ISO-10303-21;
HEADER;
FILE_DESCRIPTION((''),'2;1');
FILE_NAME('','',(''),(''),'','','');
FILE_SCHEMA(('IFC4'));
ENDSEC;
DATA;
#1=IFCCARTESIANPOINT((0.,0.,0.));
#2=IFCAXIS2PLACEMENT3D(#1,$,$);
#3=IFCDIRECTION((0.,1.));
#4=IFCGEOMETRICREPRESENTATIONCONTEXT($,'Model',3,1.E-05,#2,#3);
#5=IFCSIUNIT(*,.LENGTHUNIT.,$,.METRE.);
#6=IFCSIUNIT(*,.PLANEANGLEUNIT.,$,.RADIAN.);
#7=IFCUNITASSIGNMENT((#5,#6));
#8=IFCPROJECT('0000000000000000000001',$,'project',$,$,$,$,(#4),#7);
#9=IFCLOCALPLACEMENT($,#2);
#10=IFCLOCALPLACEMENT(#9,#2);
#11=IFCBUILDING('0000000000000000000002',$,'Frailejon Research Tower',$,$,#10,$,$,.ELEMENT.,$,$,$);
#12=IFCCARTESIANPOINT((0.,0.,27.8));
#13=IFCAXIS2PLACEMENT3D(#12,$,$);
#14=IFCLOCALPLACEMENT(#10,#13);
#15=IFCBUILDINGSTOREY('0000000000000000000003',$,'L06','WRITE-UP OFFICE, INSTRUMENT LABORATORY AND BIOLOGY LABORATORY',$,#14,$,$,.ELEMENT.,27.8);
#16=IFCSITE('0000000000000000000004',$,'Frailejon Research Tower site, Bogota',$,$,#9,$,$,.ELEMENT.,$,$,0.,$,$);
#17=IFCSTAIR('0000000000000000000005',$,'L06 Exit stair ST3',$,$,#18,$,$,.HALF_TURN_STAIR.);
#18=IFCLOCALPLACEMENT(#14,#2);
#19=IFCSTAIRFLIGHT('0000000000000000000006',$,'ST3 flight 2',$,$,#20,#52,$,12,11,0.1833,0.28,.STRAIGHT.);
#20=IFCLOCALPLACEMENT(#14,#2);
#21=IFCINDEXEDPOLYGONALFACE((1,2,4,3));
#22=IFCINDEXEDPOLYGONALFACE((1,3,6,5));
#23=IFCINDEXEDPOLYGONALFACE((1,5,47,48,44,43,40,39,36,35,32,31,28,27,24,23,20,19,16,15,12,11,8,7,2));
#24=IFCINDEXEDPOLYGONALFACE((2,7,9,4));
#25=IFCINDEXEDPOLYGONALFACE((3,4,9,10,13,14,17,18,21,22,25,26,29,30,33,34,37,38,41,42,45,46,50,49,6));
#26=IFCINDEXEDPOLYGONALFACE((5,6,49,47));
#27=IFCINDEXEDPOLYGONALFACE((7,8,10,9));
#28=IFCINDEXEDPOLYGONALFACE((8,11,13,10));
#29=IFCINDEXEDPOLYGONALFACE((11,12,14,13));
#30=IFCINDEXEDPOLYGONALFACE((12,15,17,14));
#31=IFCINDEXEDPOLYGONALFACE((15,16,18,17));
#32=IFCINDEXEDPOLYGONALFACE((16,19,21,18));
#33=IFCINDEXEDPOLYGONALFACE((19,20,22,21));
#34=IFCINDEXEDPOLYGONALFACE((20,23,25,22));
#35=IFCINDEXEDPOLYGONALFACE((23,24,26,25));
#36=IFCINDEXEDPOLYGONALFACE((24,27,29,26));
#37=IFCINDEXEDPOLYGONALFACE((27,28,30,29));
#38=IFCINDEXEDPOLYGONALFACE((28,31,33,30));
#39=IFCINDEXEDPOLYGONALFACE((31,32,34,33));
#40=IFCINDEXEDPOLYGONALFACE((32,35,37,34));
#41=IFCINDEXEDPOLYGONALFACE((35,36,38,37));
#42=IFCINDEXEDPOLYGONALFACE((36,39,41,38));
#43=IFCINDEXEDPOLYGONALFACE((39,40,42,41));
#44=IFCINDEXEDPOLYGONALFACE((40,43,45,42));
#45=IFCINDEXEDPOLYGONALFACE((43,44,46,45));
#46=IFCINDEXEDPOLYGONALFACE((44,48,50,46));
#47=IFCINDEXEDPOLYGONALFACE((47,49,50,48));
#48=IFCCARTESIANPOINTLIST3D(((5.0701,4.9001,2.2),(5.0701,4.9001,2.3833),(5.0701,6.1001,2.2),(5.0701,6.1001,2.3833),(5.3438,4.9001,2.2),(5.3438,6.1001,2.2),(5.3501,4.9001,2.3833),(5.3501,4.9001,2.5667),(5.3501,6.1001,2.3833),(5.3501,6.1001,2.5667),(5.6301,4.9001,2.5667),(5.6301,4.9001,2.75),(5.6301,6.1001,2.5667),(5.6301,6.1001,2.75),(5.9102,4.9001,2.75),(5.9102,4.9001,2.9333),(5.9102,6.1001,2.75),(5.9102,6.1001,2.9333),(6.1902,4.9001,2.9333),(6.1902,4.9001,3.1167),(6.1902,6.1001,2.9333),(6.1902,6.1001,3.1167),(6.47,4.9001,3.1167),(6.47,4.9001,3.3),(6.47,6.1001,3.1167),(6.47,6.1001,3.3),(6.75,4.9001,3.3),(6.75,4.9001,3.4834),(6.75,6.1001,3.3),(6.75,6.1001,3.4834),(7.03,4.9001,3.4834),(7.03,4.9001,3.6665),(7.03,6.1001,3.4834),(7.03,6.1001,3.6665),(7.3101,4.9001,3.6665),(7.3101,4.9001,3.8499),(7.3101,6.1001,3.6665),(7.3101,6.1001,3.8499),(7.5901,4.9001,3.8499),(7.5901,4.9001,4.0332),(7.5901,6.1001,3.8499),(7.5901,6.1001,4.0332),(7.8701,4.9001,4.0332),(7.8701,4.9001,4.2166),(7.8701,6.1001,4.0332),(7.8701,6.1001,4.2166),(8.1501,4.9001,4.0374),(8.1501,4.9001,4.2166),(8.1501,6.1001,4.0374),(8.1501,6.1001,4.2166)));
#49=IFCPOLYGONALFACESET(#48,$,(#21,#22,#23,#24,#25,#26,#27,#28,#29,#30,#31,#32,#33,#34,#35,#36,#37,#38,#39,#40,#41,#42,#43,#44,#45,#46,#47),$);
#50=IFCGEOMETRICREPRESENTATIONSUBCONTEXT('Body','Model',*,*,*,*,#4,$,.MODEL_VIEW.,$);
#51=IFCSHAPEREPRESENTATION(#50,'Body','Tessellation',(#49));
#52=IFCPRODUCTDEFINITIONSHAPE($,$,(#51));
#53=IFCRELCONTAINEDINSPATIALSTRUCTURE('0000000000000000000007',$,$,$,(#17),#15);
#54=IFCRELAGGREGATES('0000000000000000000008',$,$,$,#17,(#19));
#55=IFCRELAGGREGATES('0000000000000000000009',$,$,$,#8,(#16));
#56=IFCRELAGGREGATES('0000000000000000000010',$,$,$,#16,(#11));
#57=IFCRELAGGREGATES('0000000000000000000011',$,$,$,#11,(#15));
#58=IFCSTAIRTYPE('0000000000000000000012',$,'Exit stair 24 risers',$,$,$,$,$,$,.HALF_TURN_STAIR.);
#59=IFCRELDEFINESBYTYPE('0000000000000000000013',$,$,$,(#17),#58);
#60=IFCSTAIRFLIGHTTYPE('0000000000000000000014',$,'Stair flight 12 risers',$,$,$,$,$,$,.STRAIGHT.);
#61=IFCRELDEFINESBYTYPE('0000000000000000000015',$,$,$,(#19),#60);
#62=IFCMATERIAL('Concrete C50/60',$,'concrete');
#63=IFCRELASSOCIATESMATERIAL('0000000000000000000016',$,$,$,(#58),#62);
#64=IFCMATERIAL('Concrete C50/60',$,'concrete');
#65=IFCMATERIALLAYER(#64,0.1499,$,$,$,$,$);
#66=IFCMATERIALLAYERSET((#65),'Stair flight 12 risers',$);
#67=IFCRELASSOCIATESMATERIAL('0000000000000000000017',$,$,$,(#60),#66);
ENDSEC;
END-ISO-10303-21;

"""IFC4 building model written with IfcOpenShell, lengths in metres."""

from ifc_helpers import new_model, si_unit, direction, frame, origin, place, context, subcontext, project, spatial, polyline, outline, extrude, material, layer, layer_set, type_object, element, aggregate, save


model = new_model("IFC4")

# Units and contexts
model_context = context("Model", 3, precision=1e-05, world=origin(), true_north=direction((0.0, 1.0)))
body_context = subcontext(model_context, "Body", "Model", "MODEL_VIEW")
ifc_project = project(units=[si_unit("LENGTHUNIT", "METRE"), si_unit("PLANEANGLEUNIT", "RADIAN")], contexts=[model_context])

# Site, building, storey
site_placement = place(None, origin())
site = spatial("IfcSite", under=ifc_project, at=site_placement, Name="Frailejon Research Tower site, Bogota", CompositionType="ELEMENT", RefElevation=0.0)
building_placement = place(site_placement, origin())
building = spatial("IfcBuilding", under=site, at=building_placement, Name="Frailejon Research Tower", CompositionType="ELEMENT")
storey_placement = place(building_placement, frame((0.0, 0.0, 27.8)))
storey = spatial("IfcBuildingStorey", under=building, at=storey_placement, Name="L06", Description="WRITE-UP OFFICE, INSTRUMENT LABORATORY AND BIOLOGY LABORATORY", CompositionType="ELEMENT", Elevation=27.8)

# Stair, stair flight
ifc_material_1 = material(Name="Concrete C50/60", Category="concrete")
stair_type = type_object("IfcStairType", Name="Exit stair 24 risers", PredefinedType="HALF_TURN_STAIR", material=ifc_material_1)
stair_placement = place(storey_placement, origin())
stair = element("IfcStair", 1, at=stair_placement, inside=storey, type_object=stair_type, Name="L06 Exit stair ST3", PredefinedType="HALF_TURN_STAIR")
ifc_material_2 = material(Name="Concrete C50/60", Category="concrete")
ifc_layer_1 = layer(ifc_material_2, 0.1499)
ifc_layer_set_1 = layer_set([ifc_layer_1], Name="Stair flight 12 risers")
stair_flight_type = type_object("IfcStairFlightType", Name="Stair flight 12 risers", PredefinedType="STRAIGHT", material=ifc_layer_set_1)
stair_flight_1_placement = place(storey_placement, frame((5.0701, 5.5, 2.2), z_axis=(0.0, 0.0, 1.0), x_axis=(1.0, 0.0, 0.0)))
stair_flight_1 = element("IfcStairFlight", 2, at=stair_flight_1_placement, type_object=stair_flight_type, Name="ST3 flight 2", NumberOfRisers=12, NumberOfTreads=11, PredefinedType="STRAIGHT", RiserHeight=0.1833, TreadLength=0.28, context=body_context, shape_type="SweptSolid", body=[
    extrude(outline(polyline([(0.0, 0.0), (0.0, 0.1833), (0.28, 0.1833), (0.28, 0.3667), (0.5601, 0.3667), (0.5601, 0.55), (0.8401, 0.55), (0.8401, 0.7334), (1.1201, 0.7334), (1.1201, 0.9167), (1.3999, 0.9167), (1.3999, 1.1001), (1.6799, 1.1001), (1.6799, 1.2834), (1.96, 1.2834), (1.96, 1.4666), (2.24, 1.4666), (2.24, 1.6499), (2.52, 1.6499), (2.52, 1.8333), (2.8, 1.8333), (2.8, 2.0166), (3.0801, 2.0166), (3.0801, 2.2), (3.0801, 1.8374), (0.2737, 0.0), (0.0, 0.0)])), frame((0.0, 0.6001, 0.0), z_axis=(0.0, -1.0, 0.0), x_axis=(1.0, 0.0, 0.0)), (0.0, 0.0, 1.0), 1.2),
])
aggregate(stair, [stair_flight_1])

save(model, "model.ifc")
